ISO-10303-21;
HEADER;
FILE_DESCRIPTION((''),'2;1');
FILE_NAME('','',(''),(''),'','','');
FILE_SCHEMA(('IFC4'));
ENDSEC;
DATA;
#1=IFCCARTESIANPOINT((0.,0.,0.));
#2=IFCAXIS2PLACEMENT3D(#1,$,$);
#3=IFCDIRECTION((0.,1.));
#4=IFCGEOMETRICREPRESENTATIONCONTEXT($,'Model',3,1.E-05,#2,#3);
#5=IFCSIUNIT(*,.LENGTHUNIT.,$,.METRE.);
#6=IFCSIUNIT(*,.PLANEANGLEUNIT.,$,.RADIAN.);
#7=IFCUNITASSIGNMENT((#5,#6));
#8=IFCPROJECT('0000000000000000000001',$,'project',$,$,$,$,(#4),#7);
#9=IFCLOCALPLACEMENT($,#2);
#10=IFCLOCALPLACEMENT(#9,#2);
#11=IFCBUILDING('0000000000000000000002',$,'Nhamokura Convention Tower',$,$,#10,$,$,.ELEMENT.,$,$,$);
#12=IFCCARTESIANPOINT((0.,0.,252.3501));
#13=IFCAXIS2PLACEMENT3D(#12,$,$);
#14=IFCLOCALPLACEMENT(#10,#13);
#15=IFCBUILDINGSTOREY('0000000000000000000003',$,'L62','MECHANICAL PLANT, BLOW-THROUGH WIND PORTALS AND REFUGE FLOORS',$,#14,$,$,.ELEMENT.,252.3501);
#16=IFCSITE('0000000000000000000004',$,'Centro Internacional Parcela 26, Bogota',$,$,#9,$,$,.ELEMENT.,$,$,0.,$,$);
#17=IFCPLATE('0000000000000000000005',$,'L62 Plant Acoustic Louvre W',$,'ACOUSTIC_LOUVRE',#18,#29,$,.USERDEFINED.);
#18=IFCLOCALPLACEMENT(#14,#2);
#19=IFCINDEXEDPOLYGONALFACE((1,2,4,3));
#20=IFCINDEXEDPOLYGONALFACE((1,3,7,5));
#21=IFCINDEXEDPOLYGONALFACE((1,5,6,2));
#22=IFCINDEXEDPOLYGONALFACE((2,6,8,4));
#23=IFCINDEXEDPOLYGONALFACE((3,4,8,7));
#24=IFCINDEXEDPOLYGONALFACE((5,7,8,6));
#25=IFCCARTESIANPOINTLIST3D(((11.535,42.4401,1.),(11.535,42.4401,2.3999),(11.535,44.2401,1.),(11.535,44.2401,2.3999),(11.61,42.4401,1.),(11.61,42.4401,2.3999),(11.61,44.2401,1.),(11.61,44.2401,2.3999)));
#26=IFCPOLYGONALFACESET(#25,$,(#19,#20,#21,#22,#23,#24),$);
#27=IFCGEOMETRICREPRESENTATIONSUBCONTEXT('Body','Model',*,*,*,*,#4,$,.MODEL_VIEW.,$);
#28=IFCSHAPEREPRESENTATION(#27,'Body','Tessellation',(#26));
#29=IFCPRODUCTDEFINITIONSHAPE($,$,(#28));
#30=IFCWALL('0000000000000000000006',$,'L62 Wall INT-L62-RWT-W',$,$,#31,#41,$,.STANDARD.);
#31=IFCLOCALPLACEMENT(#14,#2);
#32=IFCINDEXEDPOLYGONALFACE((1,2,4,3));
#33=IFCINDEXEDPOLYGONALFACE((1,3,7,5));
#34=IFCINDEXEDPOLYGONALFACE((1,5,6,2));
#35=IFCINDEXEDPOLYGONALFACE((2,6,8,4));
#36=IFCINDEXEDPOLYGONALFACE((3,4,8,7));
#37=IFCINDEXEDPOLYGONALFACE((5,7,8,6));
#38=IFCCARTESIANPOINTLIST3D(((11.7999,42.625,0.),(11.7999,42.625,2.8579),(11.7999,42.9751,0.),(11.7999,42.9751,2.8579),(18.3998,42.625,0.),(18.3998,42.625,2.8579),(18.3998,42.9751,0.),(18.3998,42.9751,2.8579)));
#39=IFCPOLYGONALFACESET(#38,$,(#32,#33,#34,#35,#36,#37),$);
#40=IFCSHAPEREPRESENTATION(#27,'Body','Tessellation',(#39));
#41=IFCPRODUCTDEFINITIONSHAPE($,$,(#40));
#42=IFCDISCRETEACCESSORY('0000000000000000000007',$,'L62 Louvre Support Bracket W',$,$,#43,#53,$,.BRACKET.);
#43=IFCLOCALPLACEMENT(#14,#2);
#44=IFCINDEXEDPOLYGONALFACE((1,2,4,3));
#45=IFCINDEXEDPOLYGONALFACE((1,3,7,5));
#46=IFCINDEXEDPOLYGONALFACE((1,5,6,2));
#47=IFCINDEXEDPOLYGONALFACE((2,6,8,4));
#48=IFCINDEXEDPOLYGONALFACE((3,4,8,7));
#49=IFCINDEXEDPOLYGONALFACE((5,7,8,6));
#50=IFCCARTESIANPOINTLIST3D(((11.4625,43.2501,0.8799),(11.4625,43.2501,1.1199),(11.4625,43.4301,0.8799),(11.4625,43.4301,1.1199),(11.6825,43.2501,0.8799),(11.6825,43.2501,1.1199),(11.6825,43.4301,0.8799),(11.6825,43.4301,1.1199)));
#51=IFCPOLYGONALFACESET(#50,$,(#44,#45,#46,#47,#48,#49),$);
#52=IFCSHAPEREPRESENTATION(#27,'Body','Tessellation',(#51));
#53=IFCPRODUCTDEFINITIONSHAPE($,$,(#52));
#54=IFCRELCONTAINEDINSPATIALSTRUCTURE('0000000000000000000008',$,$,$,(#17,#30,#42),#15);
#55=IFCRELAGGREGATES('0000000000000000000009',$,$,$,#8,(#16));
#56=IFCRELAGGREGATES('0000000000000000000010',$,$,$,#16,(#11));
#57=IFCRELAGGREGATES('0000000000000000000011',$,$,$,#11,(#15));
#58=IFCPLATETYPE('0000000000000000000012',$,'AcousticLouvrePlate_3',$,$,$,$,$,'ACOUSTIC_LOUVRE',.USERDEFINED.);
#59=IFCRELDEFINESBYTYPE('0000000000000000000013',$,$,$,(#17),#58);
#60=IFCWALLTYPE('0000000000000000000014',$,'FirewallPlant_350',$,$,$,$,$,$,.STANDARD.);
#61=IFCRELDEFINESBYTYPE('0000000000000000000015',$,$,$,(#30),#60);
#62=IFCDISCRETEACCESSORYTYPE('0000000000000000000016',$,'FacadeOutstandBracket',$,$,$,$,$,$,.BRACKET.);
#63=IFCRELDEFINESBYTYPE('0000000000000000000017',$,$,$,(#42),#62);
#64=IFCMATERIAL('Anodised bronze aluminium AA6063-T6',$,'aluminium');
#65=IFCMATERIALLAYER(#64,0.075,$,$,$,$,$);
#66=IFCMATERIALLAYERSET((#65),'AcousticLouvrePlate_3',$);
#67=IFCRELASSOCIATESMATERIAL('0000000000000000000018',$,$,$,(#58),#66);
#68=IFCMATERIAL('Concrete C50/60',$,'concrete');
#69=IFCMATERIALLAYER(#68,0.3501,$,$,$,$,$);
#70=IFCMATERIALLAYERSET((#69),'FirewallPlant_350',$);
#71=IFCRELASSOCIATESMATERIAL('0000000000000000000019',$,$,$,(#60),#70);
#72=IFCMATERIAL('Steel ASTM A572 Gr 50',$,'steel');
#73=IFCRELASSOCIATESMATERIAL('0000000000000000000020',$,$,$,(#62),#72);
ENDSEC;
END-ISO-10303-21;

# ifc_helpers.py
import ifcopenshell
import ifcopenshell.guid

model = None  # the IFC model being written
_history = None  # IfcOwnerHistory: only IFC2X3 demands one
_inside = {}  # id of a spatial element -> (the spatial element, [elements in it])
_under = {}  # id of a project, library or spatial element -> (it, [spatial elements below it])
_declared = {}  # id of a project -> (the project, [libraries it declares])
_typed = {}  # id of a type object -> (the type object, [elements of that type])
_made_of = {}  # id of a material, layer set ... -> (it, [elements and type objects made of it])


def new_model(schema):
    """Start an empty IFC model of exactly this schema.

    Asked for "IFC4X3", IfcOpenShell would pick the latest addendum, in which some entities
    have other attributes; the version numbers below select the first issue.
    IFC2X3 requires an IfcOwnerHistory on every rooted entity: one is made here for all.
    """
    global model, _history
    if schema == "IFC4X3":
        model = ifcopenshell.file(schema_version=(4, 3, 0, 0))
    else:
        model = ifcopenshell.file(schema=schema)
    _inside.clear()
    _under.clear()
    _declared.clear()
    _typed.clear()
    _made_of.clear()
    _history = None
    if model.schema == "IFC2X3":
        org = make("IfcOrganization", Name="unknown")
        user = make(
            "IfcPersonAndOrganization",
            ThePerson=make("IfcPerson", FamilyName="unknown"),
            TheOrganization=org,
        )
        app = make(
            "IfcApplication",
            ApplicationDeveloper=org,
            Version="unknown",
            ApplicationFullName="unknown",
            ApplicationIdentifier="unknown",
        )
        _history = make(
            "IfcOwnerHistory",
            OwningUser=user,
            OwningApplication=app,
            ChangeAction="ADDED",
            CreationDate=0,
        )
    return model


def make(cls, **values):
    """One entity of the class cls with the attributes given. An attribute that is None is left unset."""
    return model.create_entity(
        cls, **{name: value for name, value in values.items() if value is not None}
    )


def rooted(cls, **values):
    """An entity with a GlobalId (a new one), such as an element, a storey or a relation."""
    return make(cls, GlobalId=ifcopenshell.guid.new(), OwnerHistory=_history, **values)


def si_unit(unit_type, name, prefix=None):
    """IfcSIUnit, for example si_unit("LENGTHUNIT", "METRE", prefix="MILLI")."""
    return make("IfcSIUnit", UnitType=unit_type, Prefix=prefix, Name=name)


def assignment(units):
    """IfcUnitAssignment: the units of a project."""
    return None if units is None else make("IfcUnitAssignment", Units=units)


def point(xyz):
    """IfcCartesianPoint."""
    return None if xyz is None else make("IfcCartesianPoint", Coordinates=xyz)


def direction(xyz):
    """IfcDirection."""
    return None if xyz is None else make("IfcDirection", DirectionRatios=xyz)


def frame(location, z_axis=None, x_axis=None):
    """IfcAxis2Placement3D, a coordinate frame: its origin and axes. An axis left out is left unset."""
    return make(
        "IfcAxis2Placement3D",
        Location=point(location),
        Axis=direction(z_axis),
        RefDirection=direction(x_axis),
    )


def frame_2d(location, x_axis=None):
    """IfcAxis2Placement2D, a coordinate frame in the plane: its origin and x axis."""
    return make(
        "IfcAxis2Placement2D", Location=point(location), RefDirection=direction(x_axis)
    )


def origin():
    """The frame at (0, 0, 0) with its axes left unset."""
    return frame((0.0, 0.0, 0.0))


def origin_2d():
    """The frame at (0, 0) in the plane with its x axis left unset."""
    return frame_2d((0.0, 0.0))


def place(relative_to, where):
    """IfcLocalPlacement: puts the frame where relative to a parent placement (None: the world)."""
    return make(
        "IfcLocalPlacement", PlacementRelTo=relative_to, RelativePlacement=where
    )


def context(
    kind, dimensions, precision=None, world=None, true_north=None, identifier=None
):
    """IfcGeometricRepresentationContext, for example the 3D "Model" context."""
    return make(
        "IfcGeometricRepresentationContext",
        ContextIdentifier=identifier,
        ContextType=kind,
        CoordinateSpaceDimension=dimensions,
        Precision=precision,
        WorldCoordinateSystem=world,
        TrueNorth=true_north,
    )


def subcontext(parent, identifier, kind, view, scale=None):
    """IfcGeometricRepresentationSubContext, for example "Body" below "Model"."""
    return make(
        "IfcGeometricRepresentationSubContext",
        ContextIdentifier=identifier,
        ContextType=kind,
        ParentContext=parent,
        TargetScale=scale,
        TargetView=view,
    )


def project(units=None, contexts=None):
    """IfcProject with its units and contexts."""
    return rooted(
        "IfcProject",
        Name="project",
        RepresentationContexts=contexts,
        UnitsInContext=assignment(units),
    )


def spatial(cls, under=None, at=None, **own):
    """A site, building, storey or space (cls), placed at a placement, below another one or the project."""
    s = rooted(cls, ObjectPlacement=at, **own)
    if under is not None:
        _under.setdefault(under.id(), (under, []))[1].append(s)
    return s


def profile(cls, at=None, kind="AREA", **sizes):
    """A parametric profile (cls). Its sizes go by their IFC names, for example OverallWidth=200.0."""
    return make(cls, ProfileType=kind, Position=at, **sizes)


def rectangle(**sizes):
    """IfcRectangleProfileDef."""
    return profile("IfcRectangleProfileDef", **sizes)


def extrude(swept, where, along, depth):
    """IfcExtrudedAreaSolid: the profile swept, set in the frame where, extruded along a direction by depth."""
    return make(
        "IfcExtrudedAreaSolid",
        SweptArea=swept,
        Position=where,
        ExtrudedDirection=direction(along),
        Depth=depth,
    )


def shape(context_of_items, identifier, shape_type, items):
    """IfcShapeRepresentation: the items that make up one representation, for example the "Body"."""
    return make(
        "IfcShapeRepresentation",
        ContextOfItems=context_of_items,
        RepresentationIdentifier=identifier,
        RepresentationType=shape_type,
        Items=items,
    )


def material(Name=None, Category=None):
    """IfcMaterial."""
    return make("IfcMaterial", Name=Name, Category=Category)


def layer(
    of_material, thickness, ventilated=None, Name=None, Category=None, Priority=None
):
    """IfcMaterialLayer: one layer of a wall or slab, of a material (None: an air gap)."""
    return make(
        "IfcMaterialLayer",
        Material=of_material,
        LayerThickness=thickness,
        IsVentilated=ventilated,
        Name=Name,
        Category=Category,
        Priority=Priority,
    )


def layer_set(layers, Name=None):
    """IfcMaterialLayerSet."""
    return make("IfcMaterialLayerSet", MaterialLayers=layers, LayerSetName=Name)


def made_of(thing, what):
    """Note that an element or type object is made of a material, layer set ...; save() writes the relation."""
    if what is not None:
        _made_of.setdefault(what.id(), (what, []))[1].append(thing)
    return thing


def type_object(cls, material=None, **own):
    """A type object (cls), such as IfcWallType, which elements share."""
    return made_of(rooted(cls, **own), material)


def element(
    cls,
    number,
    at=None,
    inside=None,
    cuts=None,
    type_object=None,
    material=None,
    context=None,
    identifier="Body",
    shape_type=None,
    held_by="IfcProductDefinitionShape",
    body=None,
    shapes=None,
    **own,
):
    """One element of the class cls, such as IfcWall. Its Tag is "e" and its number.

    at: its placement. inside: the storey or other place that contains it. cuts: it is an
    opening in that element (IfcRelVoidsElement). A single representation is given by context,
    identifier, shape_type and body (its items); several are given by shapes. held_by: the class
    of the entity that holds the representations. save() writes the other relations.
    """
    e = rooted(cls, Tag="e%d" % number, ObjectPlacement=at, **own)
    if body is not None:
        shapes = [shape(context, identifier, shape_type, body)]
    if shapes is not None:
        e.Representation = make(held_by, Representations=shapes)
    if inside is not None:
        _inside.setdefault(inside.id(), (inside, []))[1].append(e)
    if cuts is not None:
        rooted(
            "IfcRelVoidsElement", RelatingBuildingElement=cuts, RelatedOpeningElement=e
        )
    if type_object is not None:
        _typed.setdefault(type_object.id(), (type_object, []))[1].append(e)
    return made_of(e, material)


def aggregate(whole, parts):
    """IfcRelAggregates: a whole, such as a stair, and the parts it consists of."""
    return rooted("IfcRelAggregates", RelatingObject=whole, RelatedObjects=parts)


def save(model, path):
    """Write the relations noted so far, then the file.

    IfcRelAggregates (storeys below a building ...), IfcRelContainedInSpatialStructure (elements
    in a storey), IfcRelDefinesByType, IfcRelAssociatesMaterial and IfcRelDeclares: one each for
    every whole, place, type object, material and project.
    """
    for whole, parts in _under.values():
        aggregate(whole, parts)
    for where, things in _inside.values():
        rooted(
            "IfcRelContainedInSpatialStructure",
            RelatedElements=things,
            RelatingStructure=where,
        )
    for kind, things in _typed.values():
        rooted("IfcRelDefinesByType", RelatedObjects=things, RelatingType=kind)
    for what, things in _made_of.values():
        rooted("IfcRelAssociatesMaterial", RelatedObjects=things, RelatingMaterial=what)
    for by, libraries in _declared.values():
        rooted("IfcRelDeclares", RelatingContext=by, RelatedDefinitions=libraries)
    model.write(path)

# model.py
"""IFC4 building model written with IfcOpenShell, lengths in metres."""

from ifc_helpers import new_model, si_unit, direction, frame, frame_2d, origin, origin_2d, place, context, subcontext, project, spatial, rectangle, extrude, material, layer, layer_set, type_object, element, save


model = new_model("IFC4")

# Units and contexts
model_context = context("Model", 3, precision=1e-05, world=origin(), true_north=direction((0.0, 1.0)))
body_context = subcontext(model_context, "Body", "Model", "MODEL_VIEW")
ifc_project = project(units=[si_unit("LENGTHUNIT", "METRE"), si_unit("PLANEANGLEUNIT", "RADIAN")], contexts=[model_context])

# Site, building, storey
site_placement = place(None, origin())
site = spatial("IfcSite", under=ifc_project, at=site_placement, Name="Centro Internacional Parcela 26, Bogota", CompositionType="ELEMENT", RefElevation=0.0)
building_placement = place(site_placement, origin())
building = spatial("IfcBuilding", under=site, at=building_placement, Name="Nhamokura Convention Tower", CompositionType="ELEMENT")
storey_placement = place(building_placement, frame((0.0, 0.0, 252.3501)))
storey = spatial("IfcBuildingStorey", under=building, at=storey_placement, Name="L62", Description="MECHANICAL PLANT, BLOW-THROUGH WIND PORTALS AND REFUGE FLOORS", CompositionType="ELEMENT", Elevation=252.3501)

# Plate
ifc_material_1 = material(Name="Anodised bronze aluminium AA6063-T6", Category="aluminium")
ifc_layer_1 = layer(ifc_material_1, 0.075)
ifc_layer_set_1 = layer_set([ifc_layer_1], Name="AcousticLouvrePlate_3")
plate_type = type_object("IfcPlateType", Name="AcousticLouvrePlate_3", ElementType="ACOUSTIC_LOUVRE", PredefinedType="USERDEFINED", material=ifc_layer_set_1)
plate_placement = place(storey_placement, frame((11.5725, 43.3401, 1.0), z_axis=(0.0, 0.0, 1.0), x_axis=(0.0, 1.0, 0.0)))
element("IfcPlate", 1, at=plate_placement, inside=storey, type_object=plate_type, Name="L62 Plant Acoustic Louvre W", ObjectType="ACOUSTIC_LOUVRE", PredefinedType="USERDEFINED", context=body_context, shape_type="SweptSolid", body=[
    extrude(rectangle(XDim=1.8, YDim=0.075, at=origin_2d()), origin(), (0.0, 0.0, 1.0), 1.3999),
])

# Shared definitions
ifc_material_2 = material(Name="Concrete C50/60", Category="concrete")
ifc_layer_2 = layer(ifc_material_2, 0.3501)
ifc_layer_set_2 = layer_set([ifc_layer_2], Name="FirewallPlant_350")
wall_type = type_object("IfcWallType", Name="FirewallPlant_350", PredefinedType="STANDARD", material=ifc_layer_set_2)

# Wall
wall_1_placement = place(storey_placement, frame((11.8, 42.8, 0.0), z_axis=(0.0, 0.0, 1.0), x_axis=(1.0, 0.0, 0.0)))
element("IfcWall", 2, at=wall_1_placement, inside=storey, type_object=wall_type, Name="L62 Wall INT-L62-RWT-W", PredefinedType="STANDARD", context=body_context, shape_type="SweptSolid", body=[
    extrude(rectangle(XDim=6.5999, YDim=0.3501, at=frame_2d((3.2998, 0.0))), origin(), (0.0, 0.0, 1.0), 2.8579),
])

# Discrete accessory
ifc_material_3 = material(Name="Steel ASTM A572 Gr 50", Category="steel")
discrete_accessory_type = type_object("IfcDiscreteAccessoryType", Name="FacadeOutstandBracket", PredefinedType="BRACKET", material=ifc_material_3)
discrete_accessory_placement = place(storey_placement, frame((11.5725, 43.3401, 0.8799), z_axis=(0.0, 0.0, 1.0), x_axis=(0.0, 1.0, 0.0)))
element("IfcDiscreteAccessory", 3, at=discrete_accessory_placement, inside=storey, type_object=discrete_accessory_type, Name="L62 Louvre Support Bracket W", PredefinedType="BRACKET", context=body_context, shape_type="SweptSolid", body=[
    extrude(rectangle(XDim=0.1799, YDim=0.22, at=origin_2d()), origin(), (0.0, 0.0, 1.0), 0.24),
])

save(model, "model.ifc")
